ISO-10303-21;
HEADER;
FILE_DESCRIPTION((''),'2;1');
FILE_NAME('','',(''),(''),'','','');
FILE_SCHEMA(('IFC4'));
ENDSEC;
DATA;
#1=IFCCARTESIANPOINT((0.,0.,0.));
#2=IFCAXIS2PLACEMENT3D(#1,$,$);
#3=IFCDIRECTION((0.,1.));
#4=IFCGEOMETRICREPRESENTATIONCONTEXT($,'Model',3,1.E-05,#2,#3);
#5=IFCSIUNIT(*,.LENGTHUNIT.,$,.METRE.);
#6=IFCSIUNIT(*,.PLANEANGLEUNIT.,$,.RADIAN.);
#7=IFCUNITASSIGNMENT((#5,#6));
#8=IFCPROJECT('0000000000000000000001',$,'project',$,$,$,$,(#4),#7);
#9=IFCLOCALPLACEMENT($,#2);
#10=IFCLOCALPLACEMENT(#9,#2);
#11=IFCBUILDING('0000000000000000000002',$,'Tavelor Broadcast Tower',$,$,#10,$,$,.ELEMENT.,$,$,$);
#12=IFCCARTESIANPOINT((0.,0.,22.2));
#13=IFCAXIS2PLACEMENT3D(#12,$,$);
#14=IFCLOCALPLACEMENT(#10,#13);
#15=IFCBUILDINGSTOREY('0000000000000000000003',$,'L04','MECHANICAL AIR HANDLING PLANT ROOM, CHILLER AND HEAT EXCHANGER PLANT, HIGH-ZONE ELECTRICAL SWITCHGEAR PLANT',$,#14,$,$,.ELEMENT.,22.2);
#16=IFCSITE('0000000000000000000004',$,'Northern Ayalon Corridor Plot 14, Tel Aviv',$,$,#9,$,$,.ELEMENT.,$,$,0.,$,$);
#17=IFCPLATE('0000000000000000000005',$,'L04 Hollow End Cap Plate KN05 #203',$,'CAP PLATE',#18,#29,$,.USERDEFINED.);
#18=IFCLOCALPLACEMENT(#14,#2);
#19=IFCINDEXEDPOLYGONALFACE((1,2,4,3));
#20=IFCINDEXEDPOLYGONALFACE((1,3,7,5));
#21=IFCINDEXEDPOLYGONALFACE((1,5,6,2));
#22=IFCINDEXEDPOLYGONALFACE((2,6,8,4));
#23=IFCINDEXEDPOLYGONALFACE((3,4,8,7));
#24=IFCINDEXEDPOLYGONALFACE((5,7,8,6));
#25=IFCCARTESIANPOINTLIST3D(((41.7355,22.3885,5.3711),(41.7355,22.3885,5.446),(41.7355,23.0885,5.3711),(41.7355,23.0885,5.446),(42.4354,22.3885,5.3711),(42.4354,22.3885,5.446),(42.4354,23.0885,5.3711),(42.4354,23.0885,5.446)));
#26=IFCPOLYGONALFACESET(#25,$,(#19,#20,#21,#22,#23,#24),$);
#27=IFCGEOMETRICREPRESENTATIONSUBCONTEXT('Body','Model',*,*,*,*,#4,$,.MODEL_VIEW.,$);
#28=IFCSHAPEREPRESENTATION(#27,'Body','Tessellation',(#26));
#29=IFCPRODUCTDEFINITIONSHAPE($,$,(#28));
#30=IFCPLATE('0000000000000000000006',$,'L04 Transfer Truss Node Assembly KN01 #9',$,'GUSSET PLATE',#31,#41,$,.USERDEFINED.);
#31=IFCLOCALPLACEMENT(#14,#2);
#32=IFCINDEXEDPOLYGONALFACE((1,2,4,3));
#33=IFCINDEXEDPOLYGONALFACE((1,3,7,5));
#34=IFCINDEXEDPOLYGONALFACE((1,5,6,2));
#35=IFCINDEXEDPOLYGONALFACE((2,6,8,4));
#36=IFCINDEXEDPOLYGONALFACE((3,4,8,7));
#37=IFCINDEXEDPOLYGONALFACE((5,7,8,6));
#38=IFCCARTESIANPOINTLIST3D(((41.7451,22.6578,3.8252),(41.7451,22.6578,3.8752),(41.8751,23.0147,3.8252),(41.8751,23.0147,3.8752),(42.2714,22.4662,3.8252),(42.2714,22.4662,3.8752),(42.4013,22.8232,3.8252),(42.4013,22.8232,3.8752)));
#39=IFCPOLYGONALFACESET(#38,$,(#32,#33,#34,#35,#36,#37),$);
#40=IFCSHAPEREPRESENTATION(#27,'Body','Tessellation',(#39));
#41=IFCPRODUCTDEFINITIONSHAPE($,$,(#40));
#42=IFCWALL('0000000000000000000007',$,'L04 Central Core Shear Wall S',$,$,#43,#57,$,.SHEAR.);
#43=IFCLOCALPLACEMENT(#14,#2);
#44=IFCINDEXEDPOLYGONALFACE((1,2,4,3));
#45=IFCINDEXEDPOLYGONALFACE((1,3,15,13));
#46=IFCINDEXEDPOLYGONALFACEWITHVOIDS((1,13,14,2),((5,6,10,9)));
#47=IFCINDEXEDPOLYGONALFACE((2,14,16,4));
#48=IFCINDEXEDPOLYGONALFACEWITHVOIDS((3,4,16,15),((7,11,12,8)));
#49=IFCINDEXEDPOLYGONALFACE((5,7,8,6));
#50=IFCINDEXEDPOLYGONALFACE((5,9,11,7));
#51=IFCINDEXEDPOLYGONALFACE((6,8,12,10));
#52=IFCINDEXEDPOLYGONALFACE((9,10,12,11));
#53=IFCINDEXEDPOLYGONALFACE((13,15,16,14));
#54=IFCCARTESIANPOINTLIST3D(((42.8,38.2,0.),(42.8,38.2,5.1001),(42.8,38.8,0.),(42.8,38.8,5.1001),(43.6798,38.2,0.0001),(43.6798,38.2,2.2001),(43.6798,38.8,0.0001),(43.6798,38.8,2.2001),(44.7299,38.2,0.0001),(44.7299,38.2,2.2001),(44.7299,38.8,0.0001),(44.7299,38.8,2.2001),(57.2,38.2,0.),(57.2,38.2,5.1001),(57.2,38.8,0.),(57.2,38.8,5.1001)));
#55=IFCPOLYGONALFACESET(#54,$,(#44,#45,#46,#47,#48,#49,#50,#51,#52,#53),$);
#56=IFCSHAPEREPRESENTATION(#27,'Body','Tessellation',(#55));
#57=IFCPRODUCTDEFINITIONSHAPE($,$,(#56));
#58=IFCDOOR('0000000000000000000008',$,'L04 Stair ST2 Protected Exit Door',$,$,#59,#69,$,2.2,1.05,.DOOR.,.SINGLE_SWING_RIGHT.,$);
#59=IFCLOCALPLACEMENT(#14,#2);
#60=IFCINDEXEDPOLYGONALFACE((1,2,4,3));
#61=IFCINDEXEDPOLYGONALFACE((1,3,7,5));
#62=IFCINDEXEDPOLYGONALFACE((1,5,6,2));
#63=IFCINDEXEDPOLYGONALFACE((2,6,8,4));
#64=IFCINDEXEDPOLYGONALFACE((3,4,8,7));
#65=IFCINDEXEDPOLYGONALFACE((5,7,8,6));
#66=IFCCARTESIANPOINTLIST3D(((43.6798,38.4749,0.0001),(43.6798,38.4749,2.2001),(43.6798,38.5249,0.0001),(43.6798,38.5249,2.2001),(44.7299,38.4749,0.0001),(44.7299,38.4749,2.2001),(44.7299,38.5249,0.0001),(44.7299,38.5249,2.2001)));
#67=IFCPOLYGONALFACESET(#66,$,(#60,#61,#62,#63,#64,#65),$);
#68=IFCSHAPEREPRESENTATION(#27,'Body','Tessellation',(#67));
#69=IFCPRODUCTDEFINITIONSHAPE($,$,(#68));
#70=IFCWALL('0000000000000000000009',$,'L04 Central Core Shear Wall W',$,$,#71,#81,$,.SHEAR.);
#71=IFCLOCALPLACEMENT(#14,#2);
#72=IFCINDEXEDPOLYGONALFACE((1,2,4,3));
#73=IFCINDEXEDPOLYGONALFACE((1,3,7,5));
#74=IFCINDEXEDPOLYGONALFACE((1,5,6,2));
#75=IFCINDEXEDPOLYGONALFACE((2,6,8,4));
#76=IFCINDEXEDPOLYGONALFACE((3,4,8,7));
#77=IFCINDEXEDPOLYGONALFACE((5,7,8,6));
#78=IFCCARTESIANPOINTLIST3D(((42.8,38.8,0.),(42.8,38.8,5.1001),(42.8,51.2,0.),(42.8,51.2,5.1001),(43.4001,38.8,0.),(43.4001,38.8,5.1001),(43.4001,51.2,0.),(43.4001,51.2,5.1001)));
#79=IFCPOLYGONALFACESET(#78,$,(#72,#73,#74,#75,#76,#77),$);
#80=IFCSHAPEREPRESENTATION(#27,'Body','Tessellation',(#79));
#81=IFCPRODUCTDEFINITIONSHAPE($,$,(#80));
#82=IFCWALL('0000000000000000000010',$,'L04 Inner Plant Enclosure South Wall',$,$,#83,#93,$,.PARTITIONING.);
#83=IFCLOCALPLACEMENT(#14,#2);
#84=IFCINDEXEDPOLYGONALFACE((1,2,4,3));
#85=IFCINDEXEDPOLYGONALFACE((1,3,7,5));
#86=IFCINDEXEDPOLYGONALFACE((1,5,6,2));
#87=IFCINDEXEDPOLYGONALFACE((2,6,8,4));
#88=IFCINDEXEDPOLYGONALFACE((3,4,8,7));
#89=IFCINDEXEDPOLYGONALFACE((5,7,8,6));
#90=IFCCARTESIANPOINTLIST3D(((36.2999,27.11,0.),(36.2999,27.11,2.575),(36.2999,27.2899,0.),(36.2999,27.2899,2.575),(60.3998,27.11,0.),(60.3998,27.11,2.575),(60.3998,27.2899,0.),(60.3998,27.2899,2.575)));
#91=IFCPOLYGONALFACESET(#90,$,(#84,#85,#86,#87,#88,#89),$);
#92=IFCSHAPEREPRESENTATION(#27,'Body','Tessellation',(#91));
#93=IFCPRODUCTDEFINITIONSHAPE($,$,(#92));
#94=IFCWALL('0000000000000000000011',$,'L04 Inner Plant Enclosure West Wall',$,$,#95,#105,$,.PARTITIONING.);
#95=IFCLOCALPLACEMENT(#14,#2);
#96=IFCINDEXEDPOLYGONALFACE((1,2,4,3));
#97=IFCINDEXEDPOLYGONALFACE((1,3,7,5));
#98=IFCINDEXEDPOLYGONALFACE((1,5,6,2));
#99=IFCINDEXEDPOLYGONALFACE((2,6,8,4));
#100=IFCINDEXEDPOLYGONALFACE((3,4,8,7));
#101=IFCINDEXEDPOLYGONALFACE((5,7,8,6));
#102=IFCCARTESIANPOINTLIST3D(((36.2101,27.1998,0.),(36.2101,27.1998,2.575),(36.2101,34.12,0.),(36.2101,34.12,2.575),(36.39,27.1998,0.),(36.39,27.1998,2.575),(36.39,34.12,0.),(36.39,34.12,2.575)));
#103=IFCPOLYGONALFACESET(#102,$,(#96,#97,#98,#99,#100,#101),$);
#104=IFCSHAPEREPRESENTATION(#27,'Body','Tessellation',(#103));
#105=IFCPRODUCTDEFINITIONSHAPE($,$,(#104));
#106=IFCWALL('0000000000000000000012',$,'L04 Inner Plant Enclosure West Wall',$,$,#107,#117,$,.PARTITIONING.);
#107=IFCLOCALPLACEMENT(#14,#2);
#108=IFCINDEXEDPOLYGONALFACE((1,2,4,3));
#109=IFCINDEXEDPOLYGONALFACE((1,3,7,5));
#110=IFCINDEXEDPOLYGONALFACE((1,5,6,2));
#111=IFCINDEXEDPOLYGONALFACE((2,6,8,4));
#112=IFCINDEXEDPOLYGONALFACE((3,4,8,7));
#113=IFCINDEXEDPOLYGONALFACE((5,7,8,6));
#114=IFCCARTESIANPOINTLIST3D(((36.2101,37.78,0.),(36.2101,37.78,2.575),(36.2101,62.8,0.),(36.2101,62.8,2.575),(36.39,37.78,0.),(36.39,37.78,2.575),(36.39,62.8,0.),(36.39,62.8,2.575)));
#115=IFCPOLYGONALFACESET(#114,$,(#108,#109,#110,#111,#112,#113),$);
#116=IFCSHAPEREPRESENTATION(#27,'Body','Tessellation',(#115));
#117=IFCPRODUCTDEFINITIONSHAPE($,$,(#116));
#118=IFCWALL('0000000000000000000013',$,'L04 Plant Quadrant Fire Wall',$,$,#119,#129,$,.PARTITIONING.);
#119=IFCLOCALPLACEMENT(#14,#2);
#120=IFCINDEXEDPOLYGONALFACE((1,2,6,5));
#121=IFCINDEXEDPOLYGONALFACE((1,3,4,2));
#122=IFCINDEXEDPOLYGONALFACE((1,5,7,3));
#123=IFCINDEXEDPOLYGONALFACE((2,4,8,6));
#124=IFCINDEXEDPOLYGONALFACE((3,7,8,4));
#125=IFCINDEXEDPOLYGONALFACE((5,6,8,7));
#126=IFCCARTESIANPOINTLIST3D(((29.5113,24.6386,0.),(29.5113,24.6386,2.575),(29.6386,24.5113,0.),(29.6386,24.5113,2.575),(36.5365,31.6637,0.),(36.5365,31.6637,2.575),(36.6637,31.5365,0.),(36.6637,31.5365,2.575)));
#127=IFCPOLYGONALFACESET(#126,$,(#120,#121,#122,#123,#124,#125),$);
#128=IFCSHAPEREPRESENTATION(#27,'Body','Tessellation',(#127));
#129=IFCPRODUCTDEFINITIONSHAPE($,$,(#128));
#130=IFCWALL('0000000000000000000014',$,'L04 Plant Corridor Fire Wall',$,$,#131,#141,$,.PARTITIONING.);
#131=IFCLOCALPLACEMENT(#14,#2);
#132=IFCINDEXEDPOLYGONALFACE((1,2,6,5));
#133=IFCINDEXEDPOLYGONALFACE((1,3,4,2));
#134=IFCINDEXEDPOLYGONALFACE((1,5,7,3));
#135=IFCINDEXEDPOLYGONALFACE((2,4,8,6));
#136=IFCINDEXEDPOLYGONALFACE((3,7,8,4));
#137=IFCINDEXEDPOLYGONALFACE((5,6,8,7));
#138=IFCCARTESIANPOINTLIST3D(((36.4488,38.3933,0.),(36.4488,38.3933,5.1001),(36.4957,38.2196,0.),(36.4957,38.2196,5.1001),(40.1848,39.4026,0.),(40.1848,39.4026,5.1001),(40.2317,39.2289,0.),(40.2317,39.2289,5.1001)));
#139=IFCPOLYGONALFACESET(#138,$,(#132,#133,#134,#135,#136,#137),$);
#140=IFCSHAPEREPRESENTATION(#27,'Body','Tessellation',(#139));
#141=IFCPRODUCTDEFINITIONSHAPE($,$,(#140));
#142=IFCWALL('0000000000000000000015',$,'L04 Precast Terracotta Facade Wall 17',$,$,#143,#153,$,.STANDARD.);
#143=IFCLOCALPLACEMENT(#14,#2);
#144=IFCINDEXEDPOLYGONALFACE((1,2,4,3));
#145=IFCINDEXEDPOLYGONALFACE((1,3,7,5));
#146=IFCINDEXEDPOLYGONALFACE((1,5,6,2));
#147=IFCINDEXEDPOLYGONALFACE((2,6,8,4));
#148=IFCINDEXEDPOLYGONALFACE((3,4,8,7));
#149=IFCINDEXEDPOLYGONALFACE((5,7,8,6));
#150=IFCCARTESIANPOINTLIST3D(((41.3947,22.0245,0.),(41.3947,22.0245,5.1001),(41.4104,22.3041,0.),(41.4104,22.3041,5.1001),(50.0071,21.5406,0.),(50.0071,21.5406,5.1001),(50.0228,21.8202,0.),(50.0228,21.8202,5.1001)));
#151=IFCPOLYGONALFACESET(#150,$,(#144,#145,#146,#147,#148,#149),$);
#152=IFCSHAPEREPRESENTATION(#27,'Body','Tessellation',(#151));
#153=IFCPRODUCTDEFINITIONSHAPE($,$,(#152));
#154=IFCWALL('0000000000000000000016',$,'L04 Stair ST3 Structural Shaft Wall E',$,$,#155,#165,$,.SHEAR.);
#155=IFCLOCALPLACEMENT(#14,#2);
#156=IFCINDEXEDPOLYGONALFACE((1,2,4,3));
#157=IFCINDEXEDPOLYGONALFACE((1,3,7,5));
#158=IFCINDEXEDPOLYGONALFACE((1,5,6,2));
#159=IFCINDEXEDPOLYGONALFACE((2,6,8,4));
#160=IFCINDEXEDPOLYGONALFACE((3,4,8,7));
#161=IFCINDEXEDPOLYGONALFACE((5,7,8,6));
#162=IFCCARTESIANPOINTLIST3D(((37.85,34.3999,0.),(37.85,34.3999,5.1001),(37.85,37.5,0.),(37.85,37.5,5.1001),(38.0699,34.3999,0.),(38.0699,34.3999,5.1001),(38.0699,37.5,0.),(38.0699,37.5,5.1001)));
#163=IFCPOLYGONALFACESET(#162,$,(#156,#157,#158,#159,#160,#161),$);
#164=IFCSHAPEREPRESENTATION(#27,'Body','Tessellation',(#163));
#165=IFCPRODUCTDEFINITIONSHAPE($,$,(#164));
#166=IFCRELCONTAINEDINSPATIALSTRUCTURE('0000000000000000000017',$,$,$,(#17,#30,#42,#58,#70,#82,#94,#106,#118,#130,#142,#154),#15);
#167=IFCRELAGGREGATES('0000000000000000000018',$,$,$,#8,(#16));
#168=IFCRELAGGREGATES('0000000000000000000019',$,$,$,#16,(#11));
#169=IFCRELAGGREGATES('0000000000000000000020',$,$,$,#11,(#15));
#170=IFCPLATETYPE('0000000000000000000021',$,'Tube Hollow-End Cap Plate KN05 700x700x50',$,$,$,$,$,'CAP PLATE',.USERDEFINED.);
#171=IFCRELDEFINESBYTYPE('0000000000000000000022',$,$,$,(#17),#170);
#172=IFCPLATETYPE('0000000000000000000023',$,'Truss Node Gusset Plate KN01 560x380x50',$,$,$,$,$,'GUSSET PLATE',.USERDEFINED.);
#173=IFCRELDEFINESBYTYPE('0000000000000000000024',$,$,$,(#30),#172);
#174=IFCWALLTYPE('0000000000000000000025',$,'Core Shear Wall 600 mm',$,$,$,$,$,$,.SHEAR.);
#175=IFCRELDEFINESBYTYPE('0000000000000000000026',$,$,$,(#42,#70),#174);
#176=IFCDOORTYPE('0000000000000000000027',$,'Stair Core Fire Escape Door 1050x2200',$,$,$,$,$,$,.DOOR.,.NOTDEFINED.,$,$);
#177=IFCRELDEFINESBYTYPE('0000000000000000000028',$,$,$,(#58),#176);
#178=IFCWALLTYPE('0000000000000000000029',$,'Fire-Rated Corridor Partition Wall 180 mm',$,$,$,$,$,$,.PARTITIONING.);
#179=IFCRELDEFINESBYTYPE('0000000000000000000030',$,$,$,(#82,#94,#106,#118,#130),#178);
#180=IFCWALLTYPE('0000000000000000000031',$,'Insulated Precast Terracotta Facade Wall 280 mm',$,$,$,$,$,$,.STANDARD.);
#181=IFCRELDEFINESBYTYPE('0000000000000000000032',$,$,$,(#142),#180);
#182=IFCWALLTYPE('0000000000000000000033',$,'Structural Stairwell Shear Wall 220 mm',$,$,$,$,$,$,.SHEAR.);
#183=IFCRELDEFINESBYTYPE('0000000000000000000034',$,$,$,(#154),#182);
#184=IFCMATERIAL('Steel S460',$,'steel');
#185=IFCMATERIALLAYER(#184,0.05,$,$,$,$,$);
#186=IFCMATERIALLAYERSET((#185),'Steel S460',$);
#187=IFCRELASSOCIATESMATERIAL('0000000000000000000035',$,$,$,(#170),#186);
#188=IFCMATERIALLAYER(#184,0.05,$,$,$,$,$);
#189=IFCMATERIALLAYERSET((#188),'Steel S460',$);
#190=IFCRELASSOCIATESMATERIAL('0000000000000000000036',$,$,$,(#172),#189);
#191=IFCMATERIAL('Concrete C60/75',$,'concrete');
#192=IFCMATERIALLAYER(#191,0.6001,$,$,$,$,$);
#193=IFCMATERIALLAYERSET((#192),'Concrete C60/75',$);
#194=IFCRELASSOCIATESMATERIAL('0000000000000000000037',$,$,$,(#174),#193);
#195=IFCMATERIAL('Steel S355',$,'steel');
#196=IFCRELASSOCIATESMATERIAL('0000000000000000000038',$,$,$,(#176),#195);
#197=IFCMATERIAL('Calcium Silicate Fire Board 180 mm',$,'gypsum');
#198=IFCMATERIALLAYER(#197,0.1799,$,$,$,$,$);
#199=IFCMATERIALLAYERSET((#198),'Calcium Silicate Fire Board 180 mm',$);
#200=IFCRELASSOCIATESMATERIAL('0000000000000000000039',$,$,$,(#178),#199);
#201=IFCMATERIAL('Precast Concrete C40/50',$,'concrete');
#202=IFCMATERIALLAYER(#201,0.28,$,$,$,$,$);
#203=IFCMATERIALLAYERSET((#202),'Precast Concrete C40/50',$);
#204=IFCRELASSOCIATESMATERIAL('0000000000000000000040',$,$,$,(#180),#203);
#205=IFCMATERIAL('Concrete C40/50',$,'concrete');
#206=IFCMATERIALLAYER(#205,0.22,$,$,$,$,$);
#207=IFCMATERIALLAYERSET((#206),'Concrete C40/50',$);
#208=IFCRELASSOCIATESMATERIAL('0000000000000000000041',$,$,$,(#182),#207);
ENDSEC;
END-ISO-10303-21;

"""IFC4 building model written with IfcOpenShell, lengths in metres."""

from ifc_helpers import new_model, si_unit, direction, frame, frame_2d, origin, origin_2d, place, context, subcontext, project, spatial, rectangle, extrude, source, transform, mapped, material, layer, layer_set, type_object, type_shapes, element, fill, save


model = new_model("IFC4")

# Units and contexts
model_context = context("Model", 3, precision=1e-05, world=origin(), true_north=direction((0.0, 1.0)))
body_context = subcontext(model_context, "Body", "Model", "MODEL_VIEW")
ifc_project = project(units=[si_unit("LENGTHUNIT", "METRE"), si_unit("PLANEANGLEUNIT", "RADIAN")], contexts=[model_context])

# Site, building, storey
site_placement = place(None, origin())
site = spatial("IfcSite", under=ifc_project, at=site_placement, Name="Northern Ayalon Corridor Plot 14, Tel Aviv", CompositionType="ELEMENT", RefElevation=0.0)
building_placement = place(site_placement, origin())
building = spatial("IfcBuilding", under=site, at=building_placement, Name="Tavelor Broadcast Tower", CompositionType="ELEMENT")
storey_placement = place(building_placement, frame((0.0, 0.0, 22.2)))
storey = spatial("IfcBuildingStorey", under=building, at=storey_placement, Name="L04", Description="MECHANICAL AIR HANDLING PLANT ROOM, CHILLER AND HEAT EXCHANGER PLANT, HIGH-ZONE ELECTRICAL SWITCHGEAR PLANT", CompositionType="ELEMENT", Elevation=22.2)

# Shared definitions
ifc_material_1 = material(Name="Steel S460", Category="steel")

# Shared definitions
ifc_material_2 = material(Name="Steel S355", Category="steel")

# Plates
ifc_layer_1 = layer(ifc_material_1, 0.05)
ifc_layer_set_1 = layer_set([ifc_layer_1], Name="Steel S460")
plate_type_1 = type_object("IfcPlateType", Name="Tube Hollow-End Cap Plate KN05 700x700x50", ElementType="CAP PLATE", PredefinedType="USERDEFINED", material=ifc_layer_set_1)
shared_shape_1 = source(origin(), body_context, "Body", "SweptSolid", [
    extrude(rectangle(XDim=0.7, YDim=0.7, at=origin_2d()), origin(), (0.0, 0.0, 1.0), 0.075),
])
type_shapes(plate_type_1, [shared_shape_1])
for number, where, z_axis, x_axis, name in (
    (1, (42.0854, 22.7385, 5.3711), (0.0, 0.0, 1.0), (1.0, 0.0, 0.0), "L04 Hollow End Cap Plate KN05 #203"),
):
    element("IfcPlate", number, at=place(storey_placement, frame(where, z_axis=z_axis, x_axis=x_axis)), inside=storey, type_object=plate_type_1, Name=name, ObjectType="CAP PLATE", PredefinedType="USERDEFINED", context=body_context, shape_type="MappedRepresentation", body=[
        mapped(shared_shape_1, transform((0.0, 0.0, 0.0), scale=1.0)),
    ])
ifc_layer_2 = layer(ifc_material_1, 0.05)
ifc_layer_set_2 = layer_set([ifc_layer_2], Name="Steel S460")
plate_type_2 = type_object("IfcPlateType", Name="Truss Node Gusset Plate KN01 560x380x50", ElementType="GUSSET PLATE", PredefinedType="USERDEFINED", material=ifc_layer_set_2)
shared_shape_2 = source(origin(), body_context, "Body", "SweptSolid", [
    extrude(rectangle(XDim=0.5601, YDim=0.3799, at=origin_2d()), origin(), (0.0, 0.0, 1.0), 0.05),
])
type_shapes(plate_type_2, [shared_shape_2])
plate_placement = place(storey_placement, frame((42.0732, 22.7405, 3.8252), z_axis=(0.0, 0.0, 1.0), x_axis=(-0.939693, 0.34202, 0.0)))
element("IfcPlate", 2, at=plate_placement, inside=storey, type_object=plate_type_2, Name="L04 Transfer Truss Node Assembly KN01 #9", ObjectType="GUSSET PLATE", PredefinedType="USERDEFINED", context=body_context, shape_type="MappedRepresentation", body=[
    mapped(shared_shape_2, transform((0.0, 0.0, 0.0), scale=1.0)),
])

# Wall, opening, door
ifc_material_3 = material(Name="Concrete C60/75", Category="concrete")
ifc_layer_3 = layer(ifc_material_3, 0.6001)
ifc_layer_set_3 = layer_set([ifc_layer_3], Name="Concrete C60/75")
wall_type_1 = type_object("IfcWallType", Name="Core Shear Wall 600 mm", PredefinedType="SHEAR", material=ifc_layer_set_3)
wall_1_placement = place(storey_placement, frame((42.8, 38.5, 0.0), z_axis=(0.0, 0.0, 1.0), x_axis=(1.0, 0.0, 0.0)))
wall_1 = element("IfcWall", 3, at=wall_1_placement, inside=storey, type_object=wall_type_1, Name="L04 Central Core Shear Wall S", PredefinedType="SHEAR", context=body_context, shape_type="SweptSolid", body=[
    extrude(rectangle(XDim=14.3999, YDim=0.6001, at=frame_2d((7.2, 0.0))), origin(), (0.0, 0.0, 1.0), 5.1001),
])
opening_placement = place(wall_1_placement, frame((0.8799, 0.0, 0.0)))
opening = element("IfcOpeningElement", 4, at=opening_placement, cuts=wall_1, PredefinedType="OPENING", context=body_context, shape_type="SweptSolid", body=[
    extrude(rectangle(XDim=1.05, YDim=2.2, at=frame_2d((0.5249, 1.1001))), frame((0.0, 0.3101, 0.0), z_axis=(0.0, -1.0, 0.0), x_axis=(1.0, 0.0, 0.0)), (0.0, 0.0, 1.0), 0.6201),
])
door_type = type_object("IfcDoorType", Name="Stair Core Fire Escape Door 1050x2200", OperationType="NOTDEFINED", PredefinedType="DOOR", material=ifc_material_2)
door_placement = place(opening_placement, origin())
door = element("IfcDoor", 5, at=door_placement, inside=storey, type_object=door_type, Name="L04 Stair ST2 Protected Exit Door", OperationType="SINGLE_SWING_RIGHT", OverallHeight=2.2, OverallWidth=1.05, PredefinedType="DOOR", context=body_context, shape_type="SweptSolid", body=[
    extrude(rectangle(XDim=1.05, YDim=2.2, at=frame_2d((0.5249, 1.1001))), frame((0.0, 0.0249, 0.0), z_axis=(0.0, -1.0, 0.0), x_axis=(1.0, 0.0, 0.0)), (0.0, 0.0, 1.0), 0.05),
])
fill(opening, door)

# Walls
wall_2_placement = place(storey_placement, frame((43.1001, 38.8, 0.0), z_axis=(0.0, 0.0, 1.0), x_axis=(0.0, 1.0, 0.0)))
element("IfcWall", 6, at=wall_2_placement, inside=storey, type_object=wall_type_1, Name="L04 Central Core Shear Wall W", PredefinedType="SHEAR", context=body_context, shape_type="SweptSolid", body=[
    extrude(rectangle(XDim=12.3999, YDim=0.6001, at=frame_2d((6.2, 0.0))), origin(), (0.0, 0.0, 1.0), 5.1001),
])
ifc_material_4 = material(Name="Calcium Silicate Fire Board 180 mm", Category="gypsum")
ifc_layer_4 = layer(ifc_material_4, 0.1799)
ifc_layer_set_4 = layer_set([ifc_layer_4], Name="Calcium Silicate Fire Board 180 mm")
wall_type_2 = type_object("IfcWallType", Name="Fire-Rated Corridor Partition Wall 180 mm", PredefinedType="PARTITIONING", material=ifc_layer_set_4)
wall_3_placement = place(storey_placement, frame((36.3, 27.2, 0.0), z_axis=(0.0, 0.0, 1.0), x_axis=(1.0, 0.0, 0.0)))
element("IfcWall", 7, at=wall_3_placement, inside=storey, type_object=wall_type_2, Name="L04 Inner Plant Enclosure South Wall", PredefinedType="PARTITIONING", context=body_context, shape_type="SweptSolid", body=[
    extrude(rectangle(XDim=24.0999, YDim=0.1799, at=frame_2d((12.0498, 0.0))), origin(), (0.0, 0.0, 1.0), 2.575),
])
wall_4_placement = place(storey_placement, frame((36.3, 27.2, 0.0), z_axis=(0.0, 0.0, 1.0), x_axis=(0.0, 1.0, 0.0)))
element("IfcWall", 8, at=wall_4_placement, inside=storey, type_object=wall_type_2, Name="L04 Inner Plant Enclosure West Wall", PredefinedType="PARTITIONING", context=body_context, shape_type="SweptSolid", body=[
    extrude(rectangle(XDim=6.9202, YDim=0.1799, at=frame_2d((3.46, 0.0))), origin(), (0.0, 0.0, 1.0), 2.575),
])
wall_5_placement = place(storey_placement, frame((36.3, 37.78, 0.0), z_axis=(0.0, 0.0, 1.0), x_axis=(0.0, 1.0, 0.0)))
element("IfcWall", 9, at=wall_5_placement, inside=storey, type_object=wall_type_2, Name="L04 Inner Plant Enclosure West Wall", PredefinedType="PARTITIONING", context=body_context, shape_type="SweptSolid", body=[
    extrude(rectangle(XDim=25.02, YDim=0.1799, at=frame_2d((12.51, 0.0))), origin(), (0.0, 0.0, 1.0), 2.575),
])
wall_6_placement = place(storey_placement, frame((36.6001, 31.6001, 0.0), z_axis=(0.0, 0.0, 1.0), x_axis=(-0.707107, -0.707107, 0.0)))
element("IfcWall", 10, at=wall_6_placement, inside=storey, type_object=wall_type_2, Name="L04 Plant Quadrant Fire Wall", PredefinedType="PARTITIONING", context=body_context, shape_type="SweptSolid", body=[
    extrude(rectangle(XDim=9.9351, YDim=0.1799, at=frame_2d((4.9675, 0.0))), origin(), (0.0, 0.0, 1.0), 2.575),
])
wall_7_placement = place(storey_placement, frame((36.4722, 38.3064, 0.0), z_axis=(0.0, 0.0, 1.0), x_axis=(0.96539, 0.260811, 0.0)))
element("IfcWall", 11, at=wall_7_placement, inside=storey, type_object=wall_type_2, Name="L04 Plant Corridor Fire Wall", PredefinedType="PARTITIONING", context=body_context, shape_type="SweptSolid", body=[
    extrude(rectangle(XDim=3.8699, YDim=0.1799, at=frame_2d((1.9351, 0.0))), origin(), (0.0, 0.0, 1.0), 5.1001),
])
ifc_material_5 = material(Name="Precast Concrete C40/50", Category="concrete")
ifc_layer_5 = layer(ifc_material_5, 0.28)
ifc_layer_set_5 = layer_set([ifc_layer_5], Name="Precast Concrete C40/50")
wall_type_3 = type_object("IfcWallType", Name="Insulated Precast Terracotta Facade Wall 280 mm", PredefinedType="STANDARD", material=ifc_layer_set_5)
wall_8_placement = place(storey_placement, frame((41.4026, 22.1643, 0.0), z_axis=(0.0, 0.0, 1.0), x_axis=(0.998425, -0.056097, 0.0)))
element("IfcWall", 12, at=wall_8_placement, inside=storey, type_object=wall_type_3, Name="L04 Precast Terracotta Facade Wall 17", PredefinedType="STANDARD", context=body_context, shape_type="SweptSolid", body=[
    extrude(rectangle(XDim=8.626, YDim=0.28, at=frame_2d((4.313, 0.0))), origin(), (0.0, 0.0, 1.0), 5.1001),
])
ifc_material_6 = material(Name="Concrete C40/50", Category="concrete")
ifc_layer_6 = layer(ifc_material_6, 0.22)
ifc_layer_set_6 = layer_set([ifc_layer_6], Name="Concrete C40/50")
wall_type_4 = type_object("IfcWallType", Name="Structural Stairwell Shear Wall 220 mm", PredefinedType="SHEAR", material=ifc_layer_set_6)
wall_9_placement = place(storey_placement, frame((37.96, 34.3999, 0.0), z_axis=(0.0, 0.0, 1.0), x_axis=(0.0, 1.0, 0.0)))
element("IfcWall", 13, at=wall_9_placement, inside=storey, type_object=wall_type_4, Name="L04 Stair ST3 Structural Shaft Wall E", PredefinedType="SHEAR", context=body_context, shape_type="SweptSolid", body=[
    extrude(rectangle(XDim=3.1001, YDim=0.22, at=frame_2d((1.55, 0.0))), origin(), (0.0, 0.0, 1.0), 5.1001),
])

save(model, "model.ifc")
